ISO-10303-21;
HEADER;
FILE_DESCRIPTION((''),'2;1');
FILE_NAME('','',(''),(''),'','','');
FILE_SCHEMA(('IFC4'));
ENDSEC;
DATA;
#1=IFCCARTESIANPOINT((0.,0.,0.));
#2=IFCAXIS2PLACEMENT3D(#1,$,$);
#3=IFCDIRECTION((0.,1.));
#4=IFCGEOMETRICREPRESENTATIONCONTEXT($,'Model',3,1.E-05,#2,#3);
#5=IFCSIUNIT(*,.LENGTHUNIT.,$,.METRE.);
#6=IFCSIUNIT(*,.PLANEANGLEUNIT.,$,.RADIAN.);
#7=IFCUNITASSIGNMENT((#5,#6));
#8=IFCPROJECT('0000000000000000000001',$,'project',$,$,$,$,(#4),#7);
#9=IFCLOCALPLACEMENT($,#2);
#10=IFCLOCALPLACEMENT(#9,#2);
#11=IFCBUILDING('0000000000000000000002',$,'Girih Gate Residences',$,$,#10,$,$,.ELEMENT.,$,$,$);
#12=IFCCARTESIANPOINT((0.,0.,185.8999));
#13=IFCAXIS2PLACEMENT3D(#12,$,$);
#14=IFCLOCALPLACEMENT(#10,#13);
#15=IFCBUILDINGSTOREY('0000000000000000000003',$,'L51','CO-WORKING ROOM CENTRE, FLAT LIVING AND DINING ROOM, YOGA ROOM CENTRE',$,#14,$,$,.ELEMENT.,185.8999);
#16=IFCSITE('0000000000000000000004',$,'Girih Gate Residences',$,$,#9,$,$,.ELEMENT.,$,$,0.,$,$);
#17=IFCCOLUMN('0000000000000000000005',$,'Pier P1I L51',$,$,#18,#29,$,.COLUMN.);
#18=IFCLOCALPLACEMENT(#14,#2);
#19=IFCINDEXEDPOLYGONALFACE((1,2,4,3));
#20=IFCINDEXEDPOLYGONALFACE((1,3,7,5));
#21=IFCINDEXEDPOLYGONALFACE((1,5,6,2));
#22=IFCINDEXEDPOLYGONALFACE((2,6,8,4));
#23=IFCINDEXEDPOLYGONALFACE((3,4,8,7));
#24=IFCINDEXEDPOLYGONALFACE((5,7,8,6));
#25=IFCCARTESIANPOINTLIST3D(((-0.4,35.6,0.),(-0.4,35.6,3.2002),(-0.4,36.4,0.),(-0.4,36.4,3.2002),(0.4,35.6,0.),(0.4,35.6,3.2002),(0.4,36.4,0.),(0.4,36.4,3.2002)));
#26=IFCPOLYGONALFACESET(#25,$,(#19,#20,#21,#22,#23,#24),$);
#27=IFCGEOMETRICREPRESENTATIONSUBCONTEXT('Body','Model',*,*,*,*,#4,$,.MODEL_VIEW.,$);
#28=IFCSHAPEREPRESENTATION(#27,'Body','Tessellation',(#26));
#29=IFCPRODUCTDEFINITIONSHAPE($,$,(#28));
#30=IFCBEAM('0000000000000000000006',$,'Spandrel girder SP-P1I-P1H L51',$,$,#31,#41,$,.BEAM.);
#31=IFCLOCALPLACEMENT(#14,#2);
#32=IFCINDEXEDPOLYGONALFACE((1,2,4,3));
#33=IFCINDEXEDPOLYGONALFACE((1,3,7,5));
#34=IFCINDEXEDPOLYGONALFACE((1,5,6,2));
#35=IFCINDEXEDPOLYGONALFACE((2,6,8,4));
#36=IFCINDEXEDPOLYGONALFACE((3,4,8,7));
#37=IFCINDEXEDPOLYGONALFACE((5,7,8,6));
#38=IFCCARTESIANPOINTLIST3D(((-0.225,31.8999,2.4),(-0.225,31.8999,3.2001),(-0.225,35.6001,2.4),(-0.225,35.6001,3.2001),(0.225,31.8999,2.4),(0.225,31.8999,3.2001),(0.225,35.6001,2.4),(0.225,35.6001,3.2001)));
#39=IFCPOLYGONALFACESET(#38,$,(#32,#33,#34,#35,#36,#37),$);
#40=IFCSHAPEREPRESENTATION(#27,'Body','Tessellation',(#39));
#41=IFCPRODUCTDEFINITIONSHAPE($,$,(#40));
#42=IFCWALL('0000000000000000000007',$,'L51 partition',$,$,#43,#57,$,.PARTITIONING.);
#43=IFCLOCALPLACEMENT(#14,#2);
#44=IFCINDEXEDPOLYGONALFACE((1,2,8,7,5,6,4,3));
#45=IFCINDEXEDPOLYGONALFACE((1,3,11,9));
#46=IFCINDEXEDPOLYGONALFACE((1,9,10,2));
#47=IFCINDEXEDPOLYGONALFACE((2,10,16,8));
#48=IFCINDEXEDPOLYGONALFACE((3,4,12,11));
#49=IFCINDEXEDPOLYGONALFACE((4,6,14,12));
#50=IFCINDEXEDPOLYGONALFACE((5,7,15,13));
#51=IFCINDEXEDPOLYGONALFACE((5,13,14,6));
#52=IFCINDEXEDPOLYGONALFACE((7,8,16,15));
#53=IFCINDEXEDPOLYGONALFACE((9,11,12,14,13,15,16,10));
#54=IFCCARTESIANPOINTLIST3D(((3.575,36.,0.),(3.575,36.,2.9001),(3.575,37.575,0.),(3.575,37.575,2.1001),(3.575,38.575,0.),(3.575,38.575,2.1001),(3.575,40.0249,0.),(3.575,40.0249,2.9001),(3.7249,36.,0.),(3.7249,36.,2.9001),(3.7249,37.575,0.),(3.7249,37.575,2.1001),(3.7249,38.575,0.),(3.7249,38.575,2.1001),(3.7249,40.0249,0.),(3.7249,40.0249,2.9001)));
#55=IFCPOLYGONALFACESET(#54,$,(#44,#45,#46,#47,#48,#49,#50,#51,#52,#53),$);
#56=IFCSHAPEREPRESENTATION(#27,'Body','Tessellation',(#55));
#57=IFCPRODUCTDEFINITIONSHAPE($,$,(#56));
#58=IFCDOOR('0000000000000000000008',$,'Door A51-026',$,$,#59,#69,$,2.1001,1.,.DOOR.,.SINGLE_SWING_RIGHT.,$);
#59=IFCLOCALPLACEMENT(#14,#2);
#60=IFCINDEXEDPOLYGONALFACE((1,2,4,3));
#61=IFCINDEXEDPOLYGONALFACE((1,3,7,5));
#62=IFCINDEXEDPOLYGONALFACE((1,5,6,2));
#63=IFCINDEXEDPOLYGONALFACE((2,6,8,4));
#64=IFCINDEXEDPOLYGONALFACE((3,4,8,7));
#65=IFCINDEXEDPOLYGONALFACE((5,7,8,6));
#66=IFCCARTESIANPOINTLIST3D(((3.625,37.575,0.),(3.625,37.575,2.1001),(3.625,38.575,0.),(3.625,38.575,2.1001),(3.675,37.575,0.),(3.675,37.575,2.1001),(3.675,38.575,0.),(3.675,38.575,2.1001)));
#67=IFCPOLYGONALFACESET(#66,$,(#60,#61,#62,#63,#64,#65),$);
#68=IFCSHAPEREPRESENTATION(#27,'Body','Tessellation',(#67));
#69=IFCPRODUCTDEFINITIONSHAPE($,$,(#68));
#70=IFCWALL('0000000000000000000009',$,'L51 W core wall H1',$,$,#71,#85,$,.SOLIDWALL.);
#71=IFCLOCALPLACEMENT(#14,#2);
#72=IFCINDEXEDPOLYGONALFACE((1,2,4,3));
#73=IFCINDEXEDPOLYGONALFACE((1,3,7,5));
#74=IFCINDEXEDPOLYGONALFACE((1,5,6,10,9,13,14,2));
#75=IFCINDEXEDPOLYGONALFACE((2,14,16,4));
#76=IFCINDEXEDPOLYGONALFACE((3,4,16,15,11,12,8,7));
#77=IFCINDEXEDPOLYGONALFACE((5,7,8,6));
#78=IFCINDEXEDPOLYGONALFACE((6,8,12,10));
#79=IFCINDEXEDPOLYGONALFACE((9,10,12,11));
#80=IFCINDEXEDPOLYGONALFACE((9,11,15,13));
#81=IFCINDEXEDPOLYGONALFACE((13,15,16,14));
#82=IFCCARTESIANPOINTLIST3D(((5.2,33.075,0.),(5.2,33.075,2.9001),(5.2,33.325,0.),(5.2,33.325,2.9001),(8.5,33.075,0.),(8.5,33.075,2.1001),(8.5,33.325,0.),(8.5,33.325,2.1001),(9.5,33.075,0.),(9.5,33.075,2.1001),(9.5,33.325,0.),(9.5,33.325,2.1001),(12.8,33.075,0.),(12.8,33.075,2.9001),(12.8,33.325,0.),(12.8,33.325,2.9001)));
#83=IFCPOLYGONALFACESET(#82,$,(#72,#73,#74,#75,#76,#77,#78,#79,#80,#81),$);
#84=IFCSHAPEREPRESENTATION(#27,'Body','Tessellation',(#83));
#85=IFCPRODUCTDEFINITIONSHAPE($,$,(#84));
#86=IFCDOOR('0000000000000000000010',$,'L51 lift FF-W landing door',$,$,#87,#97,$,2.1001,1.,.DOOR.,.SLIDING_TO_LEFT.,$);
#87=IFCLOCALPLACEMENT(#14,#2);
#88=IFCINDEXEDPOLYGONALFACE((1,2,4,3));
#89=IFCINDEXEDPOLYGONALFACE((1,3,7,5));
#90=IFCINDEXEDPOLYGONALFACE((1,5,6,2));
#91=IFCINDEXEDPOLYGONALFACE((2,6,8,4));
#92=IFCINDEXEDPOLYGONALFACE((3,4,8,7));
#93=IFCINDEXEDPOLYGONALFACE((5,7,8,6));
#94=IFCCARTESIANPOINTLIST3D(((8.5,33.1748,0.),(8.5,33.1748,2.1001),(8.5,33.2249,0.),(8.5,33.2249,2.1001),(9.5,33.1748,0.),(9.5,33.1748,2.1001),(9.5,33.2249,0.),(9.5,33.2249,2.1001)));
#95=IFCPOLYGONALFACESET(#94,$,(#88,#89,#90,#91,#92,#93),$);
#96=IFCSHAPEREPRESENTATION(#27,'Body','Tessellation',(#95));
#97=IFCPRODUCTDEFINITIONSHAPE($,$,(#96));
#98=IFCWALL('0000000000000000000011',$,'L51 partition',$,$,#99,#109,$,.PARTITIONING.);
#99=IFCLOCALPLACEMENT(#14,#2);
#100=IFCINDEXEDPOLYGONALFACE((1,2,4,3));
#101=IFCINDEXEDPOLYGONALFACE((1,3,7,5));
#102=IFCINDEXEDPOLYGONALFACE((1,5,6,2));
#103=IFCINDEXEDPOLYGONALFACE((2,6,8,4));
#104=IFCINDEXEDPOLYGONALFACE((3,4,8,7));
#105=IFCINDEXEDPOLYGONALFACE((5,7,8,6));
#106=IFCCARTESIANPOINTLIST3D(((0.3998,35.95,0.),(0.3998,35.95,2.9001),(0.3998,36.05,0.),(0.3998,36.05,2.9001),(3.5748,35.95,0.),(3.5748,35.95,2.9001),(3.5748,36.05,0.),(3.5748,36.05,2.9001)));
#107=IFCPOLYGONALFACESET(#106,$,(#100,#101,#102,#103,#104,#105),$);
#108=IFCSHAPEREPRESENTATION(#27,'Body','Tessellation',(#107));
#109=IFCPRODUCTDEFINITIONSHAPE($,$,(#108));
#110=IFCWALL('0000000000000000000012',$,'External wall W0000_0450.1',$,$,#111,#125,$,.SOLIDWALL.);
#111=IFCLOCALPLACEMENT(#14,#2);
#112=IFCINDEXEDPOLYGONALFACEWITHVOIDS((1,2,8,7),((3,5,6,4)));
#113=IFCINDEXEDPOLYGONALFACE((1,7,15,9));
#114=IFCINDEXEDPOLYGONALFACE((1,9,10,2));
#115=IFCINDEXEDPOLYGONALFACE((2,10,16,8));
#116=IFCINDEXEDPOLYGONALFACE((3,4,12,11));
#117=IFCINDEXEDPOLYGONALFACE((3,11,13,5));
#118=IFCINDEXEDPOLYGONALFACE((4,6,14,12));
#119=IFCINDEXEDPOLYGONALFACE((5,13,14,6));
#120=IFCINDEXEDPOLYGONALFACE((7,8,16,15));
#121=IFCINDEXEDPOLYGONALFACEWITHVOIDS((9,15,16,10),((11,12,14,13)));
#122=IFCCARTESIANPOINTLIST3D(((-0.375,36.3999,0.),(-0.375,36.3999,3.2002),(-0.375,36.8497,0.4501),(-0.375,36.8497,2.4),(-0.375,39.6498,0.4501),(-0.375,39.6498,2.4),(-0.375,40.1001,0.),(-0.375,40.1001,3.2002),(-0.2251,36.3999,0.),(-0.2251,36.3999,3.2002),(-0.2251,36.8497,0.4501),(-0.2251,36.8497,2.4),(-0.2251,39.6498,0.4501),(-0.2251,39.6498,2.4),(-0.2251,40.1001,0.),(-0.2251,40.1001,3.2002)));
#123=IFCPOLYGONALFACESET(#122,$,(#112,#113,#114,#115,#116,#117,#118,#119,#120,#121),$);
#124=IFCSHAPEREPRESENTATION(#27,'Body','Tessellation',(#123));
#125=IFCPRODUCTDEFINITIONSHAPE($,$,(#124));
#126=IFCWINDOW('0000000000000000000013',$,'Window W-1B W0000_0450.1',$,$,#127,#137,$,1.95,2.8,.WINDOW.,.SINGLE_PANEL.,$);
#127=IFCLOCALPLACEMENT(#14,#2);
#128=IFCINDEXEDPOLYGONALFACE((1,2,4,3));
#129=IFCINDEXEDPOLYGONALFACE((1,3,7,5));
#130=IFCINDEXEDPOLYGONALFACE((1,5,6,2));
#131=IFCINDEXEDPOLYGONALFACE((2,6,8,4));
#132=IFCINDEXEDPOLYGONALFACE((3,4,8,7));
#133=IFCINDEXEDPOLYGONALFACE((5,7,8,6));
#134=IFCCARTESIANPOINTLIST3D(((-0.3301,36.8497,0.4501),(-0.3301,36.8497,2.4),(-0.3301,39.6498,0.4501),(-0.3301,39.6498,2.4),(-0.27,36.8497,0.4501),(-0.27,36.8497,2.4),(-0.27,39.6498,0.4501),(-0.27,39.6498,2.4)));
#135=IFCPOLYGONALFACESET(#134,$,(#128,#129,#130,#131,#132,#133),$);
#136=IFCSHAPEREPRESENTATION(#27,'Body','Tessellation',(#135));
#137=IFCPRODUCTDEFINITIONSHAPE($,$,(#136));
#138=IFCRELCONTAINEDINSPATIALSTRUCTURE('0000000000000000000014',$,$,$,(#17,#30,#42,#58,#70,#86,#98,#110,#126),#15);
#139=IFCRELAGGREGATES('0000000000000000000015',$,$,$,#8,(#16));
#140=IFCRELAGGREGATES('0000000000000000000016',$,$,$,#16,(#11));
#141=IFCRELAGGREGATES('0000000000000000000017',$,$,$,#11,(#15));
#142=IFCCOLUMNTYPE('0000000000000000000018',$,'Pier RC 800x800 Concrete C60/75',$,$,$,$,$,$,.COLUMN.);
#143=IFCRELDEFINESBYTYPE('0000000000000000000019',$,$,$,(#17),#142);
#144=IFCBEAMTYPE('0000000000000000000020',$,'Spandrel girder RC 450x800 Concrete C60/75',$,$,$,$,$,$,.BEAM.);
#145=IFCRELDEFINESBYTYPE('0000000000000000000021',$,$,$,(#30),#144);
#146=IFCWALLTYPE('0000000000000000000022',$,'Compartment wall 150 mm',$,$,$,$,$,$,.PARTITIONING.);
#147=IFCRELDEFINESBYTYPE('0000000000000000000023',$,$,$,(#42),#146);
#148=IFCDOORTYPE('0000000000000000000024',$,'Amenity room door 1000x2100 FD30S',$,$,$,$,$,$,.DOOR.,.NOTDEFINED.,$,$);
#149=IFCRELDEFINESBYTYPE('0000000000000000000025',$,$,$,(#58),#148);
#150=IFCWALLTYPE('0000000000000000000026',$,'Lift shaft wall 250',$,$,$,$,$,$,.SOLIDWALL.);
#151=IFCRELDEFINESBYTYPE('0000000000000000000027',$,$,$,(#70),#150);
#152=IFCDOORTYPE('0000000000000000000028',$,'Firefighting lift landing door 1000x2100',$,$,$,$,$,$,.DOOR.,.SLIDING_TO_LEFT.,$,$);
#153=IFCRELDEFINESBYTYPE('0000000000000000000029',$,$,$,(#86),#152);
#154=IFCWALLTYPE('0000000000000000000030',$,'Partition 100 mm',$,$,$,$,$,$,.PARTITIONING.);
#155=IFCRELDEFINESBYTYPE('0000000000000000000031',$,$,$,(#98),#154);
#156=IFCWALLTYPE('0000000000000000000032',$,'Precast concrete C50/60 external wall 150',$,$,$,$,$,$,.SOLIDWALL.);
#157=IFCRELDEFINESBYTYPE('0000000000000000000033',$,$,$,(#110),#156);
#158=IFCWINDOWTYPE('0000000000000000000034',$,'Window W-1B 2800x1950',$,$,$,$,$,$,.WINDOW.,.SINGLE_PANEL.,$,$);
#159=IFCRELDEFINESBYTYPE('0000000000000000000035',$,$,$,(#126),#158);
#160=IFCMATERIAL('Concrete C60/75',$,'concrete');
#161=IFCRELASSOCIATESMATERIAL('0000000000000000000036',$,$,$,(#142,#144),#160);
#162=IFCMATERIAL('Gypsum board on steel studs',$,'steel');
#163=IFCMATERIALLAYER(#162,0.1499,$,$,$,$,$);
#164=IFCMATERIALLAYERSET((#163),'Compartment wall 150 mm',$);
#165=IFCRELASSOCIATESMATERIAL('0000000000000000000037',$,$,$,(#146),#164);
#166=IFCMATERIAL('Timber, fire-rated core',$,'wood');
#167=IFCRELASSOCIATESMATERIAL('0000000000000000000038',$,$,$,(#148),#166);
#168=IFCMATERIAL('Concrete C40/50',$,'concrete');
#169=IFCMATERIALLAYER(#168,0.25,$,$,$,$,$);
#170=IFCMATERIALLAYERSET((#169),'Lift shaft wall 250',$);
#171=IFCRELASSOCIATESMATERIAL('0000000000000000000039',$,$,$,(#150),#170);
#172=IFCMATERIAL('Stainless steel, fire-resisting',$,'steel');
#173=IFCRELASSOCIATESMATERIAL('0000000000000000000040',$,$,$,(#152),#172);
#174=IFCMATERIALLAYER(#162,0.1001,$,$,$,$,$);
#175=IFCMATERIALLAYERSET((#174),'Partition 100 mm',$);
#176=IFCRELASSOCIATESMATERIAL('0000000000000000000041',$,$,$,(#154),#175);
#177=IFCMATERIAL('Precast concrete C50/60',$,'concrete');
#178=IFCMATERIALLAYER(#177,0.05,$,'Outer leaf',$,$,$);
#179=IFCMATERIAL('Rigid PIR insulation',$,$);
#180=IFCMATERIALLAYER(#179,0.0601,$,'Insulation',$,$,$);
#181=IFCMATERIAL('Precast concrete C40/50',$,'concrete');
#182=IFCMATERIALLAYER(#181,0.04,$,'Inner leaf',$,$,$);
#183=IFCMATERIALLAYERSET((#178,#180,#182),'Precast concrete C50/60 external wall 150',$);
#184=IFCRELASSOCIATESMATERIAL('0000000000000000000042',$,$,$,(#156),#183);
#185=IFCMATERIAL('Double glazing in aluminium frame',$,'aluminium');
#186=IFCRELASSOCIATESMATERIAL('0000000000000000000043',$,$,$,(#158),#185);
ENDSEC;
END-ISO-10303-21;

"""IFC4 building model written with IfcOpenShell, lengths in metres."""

from ifc_helpers import new_model, si_unit, direction, frame, frame_2d, origin, origin_2d, place, context, subcontext, project, spatial, rectangle, extrude, material, layer, layer_set, material_profile, profile_set, type_object, element, fill, save


model = new_model("IFC4")

# Units and contexts
model_context = context("Model", 3, precision=1e-05, world=origin(), true_north=direction((0.0, 1.0)))
body_context = subcontext(model_context, "Body", "Model", "MODEL_VIEW")
ifc_project = project(units=[si_unit("LENGTHUNIT", "METRE"), si_unit("PLANEANGLEUNIT", "RADIAN")], contexts=[model_context])

# Site, building, storey
site_placement = place(None, origin())
site = spatial("IfcSite", under=ifc_project, at=site_placement, Name="Girih Gate Residences", CompositionType="ELEMENT", RefElevation=0.0)
building_placement = place(site_placement, origin())
building = spatial("IfcBuilding", under=site, at=building_placement, Name="Girih Gate Residences", CompositionType="ELEMENT")
storey_placement = place(building_placement, frame((0.0, 0.0, 185.8999)))
storey = spatial("IfcBuildingStorey", under=building, at=storey_placement, Name="L51", Description="CO-WORKING ROOM CENTRE, FLAT LIVING AND DINING ROOM, YOGA ROOM CENTRE", CompositionType="ELEMENT", Elevation=185.8999)

# Column
ifc_material_1 = material(Name="Concrete C60/75", Category="concrete")
ifc_material_profile_1 = material_profile(ifc_material_1, rectangle(XDim=0.8, YDim=0.8, at=origin_2d()))
ifc_profile_set_1 = profile_set([ifc_material_profile_1], Name="Concrete C60/75")
column_type = type_object("IfcColumnType", Name="Pier RC 800x800 Concrete C60/75", PredefinedType="COLUMN", material=ifc_profile_set_1)
column_placement = place(storey_placement, frame((0.0, 36.0, 0.0), z_axis=(0.0, 0.0, 1.0), x_axis=(1.0, 0.0, 0.0)))
element("IfcColumn", 1, at=column_placement, inside=storey, type_object=column_type, Name="Pier P1I L51", PredefinedType="COLUMN", context=body_context, shape_type="SweptSolid", body=[
    extrude(rectangle(XDim=0.8, YDim=0.8, at=origin_2d()), origin(), (0.0, 0.0, 1.0), 3.2002),
])

# Beam
ifc_material_profile_2 = material_profile(ifc_material_1, rectangle(XDim=0.45, YDim=0.8, at=origin_2d()))
ifc_profile_set_2 = profile_set([ifc_material_profile_2], Name="Concrete C60/75")
beam_type = type_object("IfcBeamType", Name="Spandrel girder RC 450x800 Concrete C60/75", PredefinedType="BEAM", material=ifc_profile_set_2)
beam_placement = place(storey_placement, frame((0.0, 35.6001, 2.8), z_axis=(0.0, -1.0, 0.0), x_axis=(1.0, 0.0, 0.0)))
element("IfcBeam", 2, at=beam_placement, inside=storey, type_object=beam_type, Name="Spandrel girder SP-P1I-P1H L51", PredefinedType="BEAM", context=body_context, shape_type="SweptSolid", body=[
    extrude(rectangle(XDim=0.45, YDim=0.8, at=origin_2d()), origin(), (0.0, 0.0, 1.0), 3.7002),
])

# Walls, openings, doors
ifc_material_2 = material(Name="Gypsum board on steel studs", Category="steel")
ifc_layer_1 = layer(ifc_material_2, 0.1499)
ifc_layer_set_1 = layer_set([ifc_layer_1], Name="Compartment wall 150 mm")
wall_type_1 = type_object("IfcWallType", Name="Compartment wall 150 mm", PredefinedType="PARTITIONING", material=ifc_layer_set_1)
wall_1_placement = place(storey_placement, frame((3.6499, 36.0, 0.0), z_axis=(0.0, 0.0, 1.0), x_axis=(0.0, 1.0, 0.0)))
wall_1 = element("IfcWall", 3, at=wall_1_placement, inside=storey, type_object=wall_type_1, Name="L51 partition", PredefinedType="PARTITIONING", context=body_context, shape_type="SweptSolid", body=[
    extrude(rectangle(XDim=4.0249, YDim=0.1499, at=frame_2d((2.0125, 0.0))), origin(), (0.0, 0.0, 1.0), 2.9001),
])
opening_1_placement = place(wall_1_placement, frame((1.575, 0.0, 0.0)))
opening_1 = element("IfcOpeningElement", 4, at=opening_1_placement, cuts=wall_1, PredefinedType="OPENING", context=body_context, shape_type="SweptSolid", body=[
    extrude(rectangle(XDim=1.0, YDim=2.1001, at=frame_2d((0.5, 1.05))), frame((0.0, 0.085, 0.0), z_axis=(0.0, -1.0, 0.0), x_axis=(1.0, 0.0, 0.0)), (0.0, 0.0, 1.0), 0.1699),
])
ifc_material_3 = material(Name="Timber, fire-rated core", Category="wood")
door_type_1 = type_object("IfcDoorType", Name="Amenity room door 1000x2100 FD30S", OperationType="NOTDEFINED", PredefinedType="DOOR", material=ifc_material_3)
door_1_placement = place(opening_1_placement, origin())
door_1 = element("IfcDoor", 5, at=door_1_placement, inside=storey, type_object=door_type_1, Name="Door A51-026", OperationType="SINGLE_SWING_RIGHT", OverallHeight=2.1001, OverallWidth=1.0, PredefinedType="DOOR", context=body_context, shape_type="SweptSolid", body=[
    extrude(rectangle(XDim=1.0, YDim=2.1001, at=frame_2d((0.5, 1.05))), frame((0.0, 0.0249, 0.0), z_axis=(0.0, -1.0, 0.0), x_axis=(1.0, 0.0, 0.0)), (0.0, 0.0, 1.0), 0.05),
])
fill(opening_1, door_1)
ifc_material_4 = material(Name="Concrete C40/50", Category="concrete")
ifc_layer_2 = layer(ifc_material_4, 0.25)
ifc_layer_set_2 = layer_set([ifc_layer_2], Name="Lift shaft wall 250")
wall_type_2 = type_object("IfcWallType", Name="Lift shaft wall 250", PredefinedType="SOLIDWALL", material=ifc_layer_set_2)
wall_2_placement = place(storey_placement, frame((5.2, 33.2, 0.0), z_axis=(0.0, 0.0, 1.0), x_axis=(1.0, 0.0, 0.0)))
wall_2 = element("IfcWall", 6, at=wall_2_placement, inside=storey, type_object=wall_type_2, Name="L51 W core wall H1", PredefinedType="SOLIDWALL", context=body_context, shape_type="SweptSolid", body=[
    extrude(rectangle(XDim=7.6001, YDim=0.25, at=frame_2d((3.8, 0.0))), origin(), (0.0, 0.0, 1.0), 2.9001),
])
opening_2_placement = place(wall_2_placement, frame((3.3, 0.0, 0.0)))
opening_2 = element("IfcOpeningElement", 7, at=opening_2_placement, cuts=wall_2, PredefinedType="OPENING", context=body_context, shape_type="SweptSolid", body=[
    extrude(rectangle(XDim=1.0, YDim=2.1001, at=frame_2d((0.5, 1.05))), frame((0.0, 0.135, 0.0), z_axis=(0.0, -1.0, 0.0), x_axis=(1.0, 0.0, 0.0)), (0.0, 0.0, 1.0), 0.27),
])
ifc_material_5 = material(Name="Stainless steel, fire-resisting", Category="steel")
door_type_2 = type_object("IfcDoorType", Name="Firefighting lift landing door 1000x2100", OperationType="SLIDING_TO_LEFT", PredefinedType="DOOR", material=ifc_material_5)
door_2_placement = place(opening_2_placement, origin())
door_2 = element("IfcDoor", 8, at=door_2_placement, inside=storey, type_object=door_type_2, Name="L51 lift FF-W landing door", OperationType="SLIDING_TO_LEFT", OverallHeight=2.1001, OverallWidth=1.0, PredefinedType="DOOR", context=body_context, shape_type="SweptSolid", body=[
    extrude(rectangle(XDim=1.0, YDim=2.1001, at=frame_2d((0.5, 1.05))), frame((0.0, 0.0249, 0.0), z_axis=(0.0, -1.0, 0.0), x_axis=(1.0, 0.0, 0.0)), (0.0, 0.0, 1.0), 0.05),
])
fill(opening_2, door_2)

# Wall
ifc_layer_3 = layer(ifc_material_2, 0.1001)
ifc_layer_set_3 = layer_set([ifc_layer_3], Name="Partition 100 mm")
wall_type_3 = type_object("IfcWallType", Name="Partition 100 mm", PredefinedType="PARTITIONING", material=ifc_layer_set_3)
wall_3_placement = place(storey_placement, frame((0.3999, 36.0, 0.0), z_axis=(0.0, 0.0, 1.0), x_axis=(1.0, 0.0, 0.0)))
element("IfcWall", 9, at=wall_3_placement, inside=storey, type_object=wall_type_3, Name="L51 partition", PredefinedType="PARTITIONING", context=body_context, shape_type="SweptSolid", body=[
    extrude(rectangle(XDim=3.175, YDim=0.1001, at=frame_2d((1.5874, 0.0))), origin(), (0.0, 0.0, 1.0), 2.9001),
])

# Wall, opening, window
ifc_material_6 = material(Name="Precast concrete C50/60", Category="concrete")
ifc_layer_4 = layer(ifc_material_6, 0.05, Name="Outer leaf")
ifc_material_7 = material(Name="Rigid PIR insulation")
ifc_layer_5 = layer(ifc_material_7, 0.0601, Name="Insulation")
ifc_material_8 = material(Name="Precast concrete C40/50", Category="concrete")
ifc_layer_6 = layer(ifc_material_8, 0.04, Name="Inner leaf")
ifc_layer_set_4 = layer_set([ifc_layer_4, ifc_layer_5, ifc_layer_6], Name="Precast concrete C50/60 external wall 150")
wall_type_4 = type_object("IfcWallType", Name="Precast concrete C50/60 external wall 150", PredefinedType="SOLIDWALL", material=ifc_layer_set_4)
wall_4_placement = place(storey_placement, frame((-0.3, 36.3999, 0.0), z_axis=(0.0, 0.0, 1.0), x_axis=(0.0, 1.0, 0.0)))
wall_4 = element("IfcWall", 10, at=wall_4_placement, inside=storey, type_object=wall_type_4, Name="External wall W0000_0450.1", PredefinedType="SOLIDWALL", context=body_context, shape_type="SweptSolid", body=[
    extrude(rectangle(XDim=3.7002, YDim=0.1499, at=frame_2d((1.8501, 0.0))), origin(), (0.0, 0.0, 1.0), 3.2002),
])
opening_3_placement = place(wall_4_placement, frame((0.45, 0.0, 0.45)))
opening_3 = element("IfcOpeningElement", 11, at=opening_3_placement, cuts=wall_4, PredefinedType="OPENING", context=body_context, shape_type="SweptSolid", body=[
    extrude(rectangle(XDim=2.8, YDim=1.95, at=frame_2d((1.3999, 0.9751))), frame((0.0, 0.085, 0.0), z_axis=(0.0, -1.0, 0.0), x_axis=(1.0, 0.0, 0.0)), (0.0, 0.0, 1.0), 0.1699),
])
ifc_material_9 = material(Name="Double glazing in aluminium frame", Category="aluminium")
window_type = type_object("IfcWindowType", Name="Window W-1B 2800x1950", PartitioningType="SINGLE_PANEL", PredefinedType="WINDOW", material=ifc_material_9)
window_1_placement = place(opening_3_placement, origin())
window_1 = element("IfcWindow", 12, at=window_1_placement, inside=storey, type_object=window_type, Name="Window W-1B W0000_0450.1", OverallHeight=1.95, OverallWidth=2.8, PartitioningType="SINGLE_PANEL", PredefinedType="WINDOW", context=body_context, shape_type="SweptSolid", body=[
    extrude(rectangle(XDim=2.8, YDim=1.95, at=frame_2d((1.3999, 0.9751))), frame((0.0, 0.03, 0.0), z_axis=(0.0, -1.0, 0.0), x_axis=(1.0, 0.0, 0.0)), (0.0, 0.0, 1.0), 0.0601),
])
fill(opening_3, window_1)

save(model, "model.ifc")
